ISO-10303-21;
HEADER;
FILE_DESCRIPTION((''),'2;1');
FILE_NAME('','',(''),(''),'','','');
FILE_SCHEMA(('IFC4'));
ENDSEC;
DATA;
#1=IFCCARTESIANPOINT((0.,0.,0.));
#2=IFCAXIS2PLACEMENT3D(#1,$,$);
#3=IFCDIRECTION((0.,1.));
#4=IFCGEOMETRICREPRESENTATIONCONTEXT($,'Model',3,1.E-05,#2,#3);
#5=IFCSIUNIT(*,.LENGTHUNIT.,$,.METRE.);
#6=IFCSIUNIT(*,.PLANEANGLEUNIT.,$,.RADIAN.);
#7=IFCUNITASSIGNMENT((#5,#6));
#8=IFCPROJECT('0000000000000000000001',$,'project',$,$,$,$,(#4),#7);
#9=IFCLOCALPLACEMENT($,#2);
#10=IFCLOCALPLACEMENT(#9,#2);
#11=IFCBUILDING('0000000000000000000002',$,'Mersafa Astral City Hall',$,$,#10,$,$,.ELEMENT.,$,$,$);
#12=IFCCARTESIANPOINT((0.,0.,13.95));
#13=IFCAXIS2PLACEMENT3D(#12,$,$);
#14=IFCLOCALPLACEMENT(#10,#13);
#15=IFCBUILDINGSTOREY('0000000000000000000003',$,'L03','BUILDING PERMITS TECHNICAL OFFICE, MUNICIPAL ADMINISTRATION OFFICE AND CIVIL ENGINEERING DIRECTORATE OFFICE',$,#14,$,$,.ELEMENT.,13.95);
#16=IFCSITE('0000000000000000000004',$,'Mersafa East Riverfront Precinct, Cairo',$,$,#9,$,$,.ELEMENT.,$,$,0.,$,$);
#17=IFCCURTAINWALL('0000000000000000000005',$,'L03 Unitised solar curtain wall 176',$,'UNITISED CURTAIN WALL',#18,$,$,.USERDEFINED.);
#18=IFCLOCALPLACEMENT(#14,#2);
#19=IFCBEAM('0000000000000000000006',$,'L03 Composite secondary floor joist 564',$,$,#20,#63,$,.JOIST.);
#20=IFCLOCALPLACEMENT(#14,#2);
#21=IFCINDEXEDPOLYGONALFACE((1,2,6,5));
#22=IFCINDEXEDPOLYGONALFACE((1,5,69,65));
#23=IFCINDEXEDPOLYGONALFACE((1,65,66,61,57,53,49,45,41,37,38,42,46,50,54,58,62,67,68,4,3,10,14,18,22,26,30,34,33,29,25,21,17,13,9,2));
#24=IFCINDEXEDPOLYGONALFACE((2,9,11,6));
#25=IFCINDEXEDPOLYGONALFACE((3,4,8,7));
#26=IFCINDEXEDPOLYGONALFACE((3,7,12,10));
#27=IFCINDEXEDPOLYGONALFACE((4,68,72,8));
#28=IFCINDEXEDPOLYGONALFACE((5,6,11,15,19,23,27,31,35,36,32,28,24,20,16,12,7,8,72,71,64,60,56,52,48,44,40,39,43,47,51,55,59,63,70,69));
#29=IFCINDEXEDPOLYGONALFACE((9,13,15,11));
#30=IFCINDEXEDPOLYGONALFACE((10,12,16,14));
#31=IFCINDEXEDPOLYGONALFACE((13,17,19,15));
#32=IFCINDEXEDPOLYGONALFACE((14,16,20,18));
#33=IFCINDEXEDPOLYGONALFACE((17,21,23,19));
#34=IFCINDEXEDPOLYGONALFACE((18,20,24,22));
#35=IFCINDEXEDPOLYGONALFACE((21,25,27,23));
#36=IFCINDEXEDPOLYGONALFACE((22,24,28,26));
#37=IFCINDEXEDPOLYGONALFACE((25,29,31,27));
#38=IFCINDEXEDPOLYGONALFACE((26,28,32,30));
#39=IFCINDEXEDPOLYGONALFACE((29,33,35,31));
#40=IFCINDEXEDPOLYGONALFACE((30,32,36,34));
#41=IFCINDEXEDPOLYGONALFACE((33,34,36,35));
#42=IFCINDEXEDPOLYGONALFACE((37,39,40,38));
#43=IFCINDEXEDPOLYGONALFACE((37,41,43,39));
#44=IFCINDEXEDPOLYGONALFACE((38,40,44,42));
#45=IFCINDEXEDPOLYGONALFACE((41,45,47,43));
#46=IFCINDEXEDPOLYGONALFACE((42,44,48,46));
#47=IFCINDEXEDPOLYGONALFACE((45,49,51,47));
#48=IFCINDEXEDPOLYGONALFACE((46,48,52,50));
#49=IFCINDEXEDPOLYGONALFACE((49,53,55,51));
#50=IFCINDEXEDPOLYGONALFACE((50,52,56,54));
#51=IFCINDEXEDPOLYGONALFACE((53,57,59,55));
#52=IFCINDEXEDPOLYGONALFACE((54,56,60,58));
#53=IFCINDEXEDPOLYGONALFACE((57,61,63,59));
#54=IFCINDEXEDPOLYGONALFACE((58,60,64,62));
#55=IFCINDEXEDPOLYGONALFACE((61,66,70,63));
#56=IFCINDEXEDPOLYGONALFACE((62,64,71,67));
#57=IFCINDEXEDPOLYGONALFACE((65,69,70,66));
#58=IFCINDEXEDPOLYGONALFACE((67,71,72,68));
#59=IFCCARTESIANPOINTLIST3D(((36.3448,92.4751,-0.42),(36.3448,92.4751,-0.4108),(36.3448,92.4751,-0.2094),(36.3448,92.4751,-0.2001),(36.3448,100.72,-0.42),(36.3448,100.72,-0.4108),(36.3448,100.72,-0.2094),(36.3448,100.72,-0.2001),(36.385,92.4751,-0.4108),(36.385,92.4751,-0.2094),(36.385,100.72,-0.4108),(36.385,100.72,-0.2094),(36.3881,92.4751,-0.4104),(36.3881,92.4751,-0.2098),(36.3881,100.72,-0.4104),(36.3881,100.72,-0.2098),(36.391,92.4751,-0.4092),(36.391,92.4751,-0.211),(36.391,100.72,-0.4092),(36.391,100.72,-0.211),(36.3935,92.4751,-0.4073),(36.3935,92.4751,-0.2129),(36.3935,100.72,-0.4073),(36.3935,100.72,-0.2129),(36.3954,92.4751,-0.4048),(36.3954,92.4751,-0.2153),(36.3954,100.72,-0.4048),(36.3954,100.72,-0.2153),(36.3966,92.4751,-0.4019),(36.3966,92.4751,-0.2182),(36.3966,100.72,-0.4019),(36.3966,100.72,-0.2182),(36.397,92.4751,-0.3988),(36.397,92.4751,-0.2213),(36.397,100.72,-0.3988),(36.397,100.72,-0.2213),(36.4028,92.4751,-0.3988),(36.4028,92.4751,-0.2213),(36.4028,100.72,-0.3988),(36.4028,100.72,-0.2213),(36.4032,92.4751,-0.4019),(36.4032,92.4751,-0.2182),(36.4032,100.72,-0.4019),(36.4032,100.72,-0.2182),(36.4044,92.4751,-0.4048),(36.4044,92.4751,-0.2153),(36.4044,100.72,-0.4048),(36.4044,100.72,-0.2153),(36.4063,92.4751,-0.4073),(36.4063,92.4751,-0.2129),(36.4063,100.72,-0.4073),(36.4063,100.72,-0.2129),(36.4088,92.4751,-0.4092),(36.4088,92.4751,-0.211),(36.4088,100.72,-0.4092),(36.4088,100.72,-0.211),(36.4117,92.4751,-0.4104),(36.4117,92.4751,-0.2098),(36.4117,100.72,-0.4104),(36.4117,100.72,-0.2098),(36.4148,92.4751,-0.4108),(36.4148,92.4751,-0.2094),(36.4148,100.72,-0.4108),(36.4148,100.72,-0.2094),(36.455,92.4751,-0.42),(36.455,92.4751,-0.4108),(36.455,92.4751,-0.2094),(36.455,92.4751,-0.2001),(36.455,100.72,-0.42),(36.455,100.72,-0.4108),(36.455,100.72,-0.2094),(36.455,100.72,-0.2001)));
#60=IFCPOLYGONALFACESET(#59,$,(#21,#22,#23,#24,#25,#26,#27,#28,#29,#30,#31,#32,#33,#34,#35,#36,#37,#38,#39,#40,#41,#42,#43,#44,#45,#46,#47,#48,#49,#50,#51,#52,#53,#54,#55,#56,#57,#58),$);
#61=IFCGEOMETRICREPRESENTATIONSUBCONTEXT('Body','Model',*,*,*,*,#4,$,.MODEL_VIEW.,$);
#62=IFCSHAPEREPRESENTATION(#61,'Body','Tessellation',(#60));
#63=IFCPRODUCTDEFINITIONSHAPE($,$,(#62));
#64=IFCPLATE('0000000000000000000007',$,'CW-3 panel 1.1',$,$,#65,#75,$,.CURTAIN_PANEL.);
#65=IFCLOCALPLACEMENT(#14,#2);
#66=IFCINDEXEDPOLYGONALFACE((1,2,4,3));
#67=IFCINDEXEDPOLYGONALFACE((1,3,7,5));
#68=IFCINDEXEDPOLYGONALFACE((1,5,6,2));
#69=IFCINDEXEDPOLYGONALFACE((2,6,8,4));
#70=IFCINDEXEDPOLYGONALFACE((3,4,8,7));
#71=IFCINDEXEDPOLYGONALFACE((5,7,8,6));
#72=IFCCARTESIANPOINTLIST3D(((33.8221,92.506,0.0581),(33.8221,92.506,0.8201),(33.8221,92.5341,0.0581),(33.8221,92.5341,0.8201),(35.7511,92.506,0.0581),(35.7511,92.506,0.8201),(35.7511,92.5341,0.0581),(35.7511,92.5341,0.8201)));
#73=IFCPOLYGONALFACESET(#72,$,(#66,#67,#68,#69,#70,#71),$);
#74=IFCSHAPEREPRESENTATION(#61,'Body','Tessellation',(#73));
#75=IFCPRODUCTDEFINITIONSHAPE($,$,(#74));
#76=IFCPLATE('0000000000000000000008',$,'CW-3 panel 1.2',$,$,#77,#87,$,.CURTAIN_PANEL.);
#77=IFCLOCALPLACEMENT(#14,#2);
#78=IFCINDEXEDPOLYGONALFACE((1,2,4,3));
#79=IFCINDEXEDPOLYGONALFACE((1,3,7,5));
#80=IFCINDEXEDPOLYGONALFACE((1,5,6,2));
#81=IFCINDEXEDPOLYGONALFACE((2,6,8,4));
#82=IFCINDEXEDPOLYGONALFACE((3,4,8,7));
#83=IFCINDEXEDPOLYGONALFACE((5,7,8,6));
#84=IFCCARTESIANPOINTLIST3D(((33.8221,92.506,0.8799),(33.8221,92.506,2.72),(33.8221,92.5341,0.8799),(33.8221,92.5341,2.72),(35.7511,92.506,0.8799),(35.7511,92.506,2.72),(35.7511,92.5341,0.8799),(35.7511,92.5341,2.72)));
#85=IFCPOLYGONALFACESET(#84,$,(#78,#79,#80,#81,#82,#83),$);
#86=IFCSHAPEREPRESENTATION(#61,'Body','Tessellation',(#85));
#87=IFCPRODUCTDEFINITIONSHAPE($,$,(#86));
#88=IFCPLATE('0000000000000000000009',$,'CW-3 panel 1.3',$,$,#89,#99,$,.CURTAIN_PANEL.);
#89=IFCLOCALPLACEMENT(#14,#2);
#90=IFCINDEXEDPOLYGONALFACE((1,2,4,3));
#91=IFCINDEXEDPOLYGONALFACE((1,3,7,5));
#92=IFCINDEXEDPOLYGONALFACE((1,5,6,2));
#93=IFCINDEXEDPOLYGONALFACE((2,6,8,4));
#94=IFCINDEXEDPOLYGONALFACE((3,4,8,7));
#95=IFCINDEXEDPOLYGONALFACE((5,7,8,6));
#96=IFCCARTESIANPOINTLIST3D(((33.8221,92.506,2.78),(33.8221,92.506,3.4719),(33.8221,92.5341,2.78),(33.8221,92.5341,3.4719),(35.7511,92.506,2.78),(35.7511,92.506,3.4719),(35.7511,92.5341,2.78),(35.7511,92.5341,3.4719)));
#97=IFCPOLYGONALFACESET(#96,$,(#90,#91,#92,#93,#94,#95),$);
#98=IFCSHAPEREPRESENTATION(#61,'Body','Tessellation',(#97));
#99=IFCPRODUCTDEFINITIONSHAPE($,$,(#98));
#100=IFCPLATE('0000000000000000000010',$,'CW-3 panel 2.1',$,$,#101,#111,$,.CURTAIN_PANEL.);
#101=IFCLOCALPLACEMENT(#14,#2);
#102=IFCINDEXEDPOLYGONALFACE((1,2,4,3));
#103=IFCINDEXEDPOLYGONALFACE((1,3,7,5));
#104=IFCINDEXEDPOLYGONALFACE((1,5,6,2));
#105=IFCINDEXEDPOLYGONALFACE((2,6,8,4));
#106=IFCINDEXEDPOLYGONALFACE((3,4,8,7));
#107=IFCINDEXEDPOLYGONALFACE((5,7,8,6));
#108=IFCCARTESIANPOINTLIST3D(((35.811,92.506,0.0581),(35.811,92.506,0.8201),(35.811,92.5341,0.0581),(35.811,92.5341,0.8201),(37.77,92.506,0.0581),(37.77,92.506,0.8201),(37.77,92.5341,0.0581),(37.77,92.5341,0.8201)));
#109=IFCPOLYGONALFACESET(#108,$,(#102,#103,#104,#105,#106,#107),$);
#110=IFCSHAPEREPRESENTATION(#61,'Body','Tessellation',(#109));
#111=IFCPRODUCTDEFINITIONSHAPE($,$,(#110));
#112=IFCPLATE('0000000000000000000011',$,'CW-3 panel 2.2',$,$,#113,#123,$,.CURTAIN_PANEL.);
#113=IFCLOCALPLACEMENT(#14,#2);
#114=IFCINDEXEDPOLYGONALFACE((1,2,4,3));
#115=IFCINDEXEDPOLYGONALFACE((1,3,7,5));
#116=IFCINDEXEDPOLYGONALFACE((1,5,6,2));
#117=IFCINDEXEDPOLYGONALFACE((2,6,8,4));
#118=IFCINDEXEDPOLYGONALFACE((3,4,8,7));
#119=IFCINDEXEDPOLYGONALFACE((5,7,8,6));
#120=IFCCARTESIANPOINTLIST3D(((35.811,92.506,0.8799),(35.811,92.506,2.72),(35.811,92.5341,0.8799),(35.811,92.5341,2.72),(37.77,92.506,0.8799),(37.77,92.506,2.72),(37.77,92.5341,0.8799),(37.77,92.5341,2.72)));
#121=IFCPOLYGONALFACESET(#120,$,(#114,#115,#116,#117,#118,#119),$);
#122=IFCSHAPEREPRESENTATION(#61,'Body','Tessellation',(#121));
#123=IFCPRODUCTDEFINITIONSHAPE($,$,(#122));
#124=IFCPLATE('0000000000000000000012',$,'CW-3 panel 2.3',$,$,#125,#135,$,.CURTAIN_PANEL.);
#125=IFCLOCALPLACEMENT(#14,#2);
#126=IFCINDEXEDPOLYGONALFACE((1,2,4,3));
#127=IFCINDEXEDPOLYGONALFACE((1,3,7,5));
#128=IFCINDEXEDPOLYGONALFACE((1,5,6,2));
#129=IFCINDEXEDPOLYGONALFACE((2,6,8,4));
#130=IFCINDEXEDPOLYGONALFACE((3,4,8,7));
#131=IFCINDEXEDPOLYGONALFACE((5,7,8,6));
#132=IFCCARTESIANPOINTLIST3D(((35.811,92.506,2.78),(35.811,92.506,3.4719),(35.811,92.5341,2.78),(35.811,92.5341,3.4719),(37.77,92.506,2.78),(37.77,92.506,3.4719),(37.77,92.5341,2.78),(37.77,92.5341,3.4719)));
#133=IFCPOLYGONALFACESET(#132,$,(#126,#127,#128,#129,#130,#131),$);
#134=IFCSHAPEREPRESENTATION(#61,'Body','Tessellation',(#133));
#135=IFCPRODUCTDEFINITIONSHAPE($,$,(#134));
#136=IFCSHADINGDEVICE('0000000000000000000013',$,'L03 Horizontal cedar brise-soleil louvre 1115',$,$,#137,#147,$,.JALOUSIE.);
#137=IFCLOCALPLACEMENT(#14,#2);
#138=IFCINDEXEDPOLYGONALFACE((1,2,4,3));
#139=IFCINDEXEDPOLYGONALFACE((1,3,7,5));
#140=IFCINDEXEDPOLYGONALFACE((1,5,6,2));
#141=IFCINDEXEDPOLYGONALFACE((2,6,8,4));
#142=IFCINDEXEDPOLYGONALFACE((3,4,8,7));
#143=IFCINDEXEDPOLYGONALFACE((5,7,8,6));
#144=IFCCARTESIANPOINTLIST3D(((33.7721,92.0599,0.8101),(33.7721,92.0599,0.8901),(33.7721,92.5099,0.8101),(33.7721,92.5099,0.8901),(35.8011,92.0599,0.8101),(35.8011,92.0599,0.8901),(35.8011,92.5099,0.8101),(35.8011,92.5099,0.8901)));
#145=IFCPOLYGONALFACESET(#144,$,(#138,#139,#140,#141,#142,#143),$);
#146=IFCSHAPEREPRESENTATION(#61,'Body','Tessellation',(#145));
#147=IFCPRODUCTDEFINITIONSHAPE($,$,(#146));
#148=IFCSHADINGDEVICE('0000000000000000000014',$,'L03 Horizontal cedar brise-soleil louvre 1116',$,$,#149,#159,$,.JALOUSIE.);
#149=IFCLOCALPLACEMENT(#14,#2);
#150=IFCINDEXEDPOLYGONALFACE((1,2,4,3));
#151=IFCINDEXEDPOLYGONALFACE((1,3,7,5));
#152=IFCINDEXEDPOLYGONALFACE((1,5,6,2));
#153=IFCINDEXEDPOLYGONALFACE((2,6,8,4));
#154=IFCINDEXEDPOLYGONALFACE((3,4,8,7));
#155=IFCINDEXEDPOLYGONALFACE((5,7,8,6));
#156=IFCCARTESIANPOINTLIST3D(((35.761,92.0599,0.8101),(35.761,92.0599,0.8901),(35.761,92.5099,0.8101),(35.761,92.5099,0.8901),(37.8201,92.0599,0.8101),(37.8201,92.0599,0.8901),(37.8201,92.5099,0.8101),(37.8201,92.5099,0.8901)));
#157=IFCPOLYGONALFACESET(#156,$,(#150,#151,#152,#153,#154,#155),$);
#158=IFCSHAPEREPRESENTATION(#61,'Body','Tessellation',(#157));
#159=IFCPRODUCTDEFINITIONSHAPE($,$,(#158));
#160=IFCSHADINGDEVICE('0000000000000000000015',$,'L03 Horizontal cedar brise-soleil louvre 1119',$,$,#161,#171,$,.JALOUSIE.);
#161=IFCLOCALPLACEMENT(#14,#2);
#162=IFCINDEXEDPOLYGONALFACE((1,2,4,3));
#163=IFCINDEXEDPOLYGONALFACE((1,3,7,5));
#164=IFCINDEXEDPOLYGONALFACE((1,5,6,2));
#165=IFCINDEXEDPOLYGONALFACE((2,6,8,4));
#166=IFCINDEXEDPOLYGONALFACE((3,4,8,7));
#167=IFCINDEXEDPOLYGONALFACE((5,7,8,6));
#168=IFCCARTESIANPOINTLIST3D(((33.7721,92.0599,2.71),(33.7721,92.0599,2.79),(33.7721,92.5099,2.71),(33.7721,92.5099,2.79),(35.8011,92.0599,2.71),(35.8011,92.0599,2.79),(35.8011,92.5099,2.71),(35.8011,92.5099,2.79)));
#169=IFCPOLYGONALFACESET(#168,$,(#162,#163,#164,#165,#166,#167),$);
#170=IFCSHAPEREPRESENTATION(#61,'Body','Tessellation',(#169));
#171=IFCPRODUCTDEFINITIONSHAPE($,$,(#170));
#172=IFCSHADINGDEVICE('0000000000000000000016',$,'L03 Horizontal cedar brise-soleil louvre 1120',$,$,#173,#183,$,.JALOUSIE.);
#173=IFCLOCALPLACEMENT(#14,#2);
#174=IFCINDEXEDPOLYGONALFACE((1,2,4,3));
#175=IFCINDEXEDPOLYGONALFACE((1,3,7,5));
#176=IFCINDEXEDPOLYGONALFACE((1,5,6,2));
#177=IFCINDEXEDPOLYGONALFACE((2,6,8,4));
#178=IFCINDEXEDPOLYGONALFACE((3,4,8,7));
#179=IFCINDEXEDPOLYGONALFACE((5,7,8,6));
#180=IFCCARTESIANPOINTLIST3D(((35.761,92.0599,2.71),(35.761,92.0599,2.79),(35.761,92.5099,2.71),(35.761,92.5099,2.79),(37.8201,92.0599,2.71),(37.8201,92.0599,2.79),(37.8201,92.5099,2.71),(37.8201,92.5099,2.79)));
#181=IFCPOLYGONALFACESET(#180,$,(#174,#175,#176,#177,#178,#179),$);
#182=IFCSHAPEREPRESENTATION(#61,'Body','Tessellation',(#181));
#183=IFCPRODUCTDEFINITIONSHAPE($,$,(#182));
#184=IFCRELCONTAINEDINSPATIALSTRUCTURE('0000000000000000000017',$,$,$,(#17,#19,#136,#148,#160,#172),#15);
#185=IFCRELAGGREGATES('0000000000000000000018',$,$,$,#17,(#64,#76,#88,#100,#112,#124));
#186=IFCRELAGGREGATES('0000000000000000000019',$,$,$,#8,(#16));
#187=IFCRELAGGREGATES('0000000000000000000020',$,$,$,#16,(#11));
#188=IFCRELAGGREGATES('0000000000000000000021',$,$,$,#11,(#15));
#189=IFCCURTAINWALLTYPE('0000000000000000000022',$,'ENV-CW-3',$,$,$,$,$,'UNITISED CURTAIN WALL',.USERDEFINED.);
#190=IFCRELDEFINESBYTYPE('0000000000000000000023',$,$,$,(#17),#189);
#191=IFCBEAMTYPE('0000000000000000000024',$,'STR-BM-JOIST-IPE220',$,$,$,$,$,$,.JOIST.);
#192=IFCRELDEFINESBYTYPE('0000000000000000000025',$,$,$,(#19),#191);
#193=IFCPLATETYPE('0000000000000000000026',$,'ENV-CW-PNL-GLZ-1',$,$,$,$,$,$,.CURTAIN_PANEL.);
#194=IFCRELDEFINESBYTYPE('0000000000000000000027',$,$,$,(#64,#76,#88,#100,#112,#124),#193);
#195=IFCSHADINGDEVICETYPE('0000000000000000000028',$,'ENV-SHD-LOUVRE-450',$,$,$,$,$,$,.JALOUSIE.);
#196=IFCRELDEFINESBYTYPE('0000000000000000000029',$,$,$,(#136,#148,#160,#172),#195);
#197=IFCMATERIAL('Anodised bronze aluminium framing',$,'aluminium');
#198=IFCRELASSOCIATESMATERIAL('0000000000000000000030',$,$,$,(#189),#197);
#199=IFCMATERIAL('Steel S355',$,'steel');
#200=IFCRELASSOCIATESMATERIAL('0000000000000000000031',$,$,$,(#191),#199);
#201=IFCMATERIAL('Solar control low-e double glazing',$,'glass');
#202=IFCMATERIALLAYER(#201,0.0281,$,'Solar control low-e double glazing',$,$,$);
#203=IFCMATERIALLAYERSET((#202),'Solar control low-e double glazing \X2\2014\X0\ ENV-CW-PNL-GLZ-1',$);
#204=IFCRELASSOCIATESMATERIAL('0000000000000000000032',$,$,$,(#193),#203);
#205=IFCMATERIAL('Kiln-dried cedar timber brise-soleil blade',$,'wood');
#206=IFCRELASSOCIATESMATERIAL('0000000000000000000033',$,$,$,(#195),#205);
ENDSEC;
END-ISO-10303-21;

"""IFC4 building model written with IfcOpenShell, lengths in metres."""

from ifc_helpers import new_model, si_unit, direction, frame, origin, origin_2d, place, context, subcontext, project, spatial, rectangle, i_section, extrude, material, layer, layer_set, material_profile, profile_set, type_object, element, aggregate, save


model = new_model("IFC4")

# Units and contexts
model_context = context("Model", 3, precision=1e-05, world=origin(), true_north=direction((0.0, 1.0)))
body_context = subcontext(model_context, "Body", "Model", "MODEL_VIEW")
ifc_project = project(units=[si_unit("LENGTHUNIT", "METRE"), si_unit("PLANEANGLEUNIT", "RADIAN")], contexts=[model_context])

# Site, building, storey
site_placement = place(None, origin())
site = spatial("IfcSite", under=ifc_project, at=site_placement, Name="Mersafa East Riverfront Precinct, Cairo", CompositionType="ELEMENT", RefElevation=0.0)
building_placement = place(site_placement, origin())
building = spatial("IfcBuilding", under=site, at=building_placement, Name="Mersafa Astral City Hall", CompositionType="ELEMENT")
storey_placement = place(building_placement, frame((0.0, 0.0, 13.95)))
storey = spatial("IfcBuildingStorey", under=building, at=storey_placement, Name="L03", Description="BUILDING PERMITS TECHNICAL OFFICE, MUNICIPAL ADMINISTRATION OFFICE AND CIVIL ENGINEERING DIRECTORATE OFFICE", CompositionType="ELEMENT", Elevation=13.95)

# Curtain wall
ifc_material_1 = material(Name="Anodised bronze aluminium framing", Category="aluminium")
curtain_wall_type = type_object("IfcCurtainWallType", Name="ENV-CW-3", ElementType="UNITISED CURTAIN WALL", PredefinedType="USERDEFINED", material=ifc_material_1)
curtain_wall_placement = place(storey_placement, origin())
curtain_wall = element("IfcCurtainWall", 1, at=curtain_wall_placement, inside=storey, type_object=curtain_wall_type, Name="L03 Unitised solar curtain wall 176", ObjectType="UNITISED CURTAIN WALL", PredefinedType="USERDEFINED")

# Beam
ifc_material_2 = material(Name="Steel S355", Category="steel")
ifc_material_profile_1 = material_profile(ifc_material_2, i_section(OverallWidth=0.1101, OverallDepth=0.22, WebThickness=0.0059, FlangeThickness=0.0093, FilletRadius=0.012, at=origin_2d()), Name="IPE 220")
ifc_profile_set_1 = profile_set([ifc_material_profile_1], Name="Steel S355")
beam_type = type_object("IfcBeamType", Name="STR-BM-JOIST-IPE220", PredefinedType="JOIST", material=ifc_profile_set_1)
beam_placement = place(storey_placement, frame((36.3999, 92.4751, -0.3101), z_axis=(0.0, 1.0, 0.0), x_axis=(-1.0, 0.0, 0.0)))
element("IfcBeam", 2, at=beam_placement, inside=storey, type_object=beam_type, Name="L03 Composite secondary floor joist 564", PredefinedType="JOIST", context=body_context, shape_type="SweptSolid", body=[
    extrude(i_section(OverallWidth=0.1101, OverallDepth=0.22, WebThickness=0.0059, FlangeThickness=0.0093, FilletRadius=0.012, at=origin_2d()), origin(), (0.0, 0.0, 1.0), 8.2449),
])

# Plates
ifc_material_3 = material(Name="Solar control low-e double glazing", Category="glass")
ifc_layer = layer(ifc_material_3, 0.0281, Name="Solar control low-e double glazing")
ifc_layer_set = layer_set([ifc_layer], Name="Solar control low-e double glazing — ENV-CW-PNL-GLZ-1")
plate_type = type_object("IfcPlateType", Name="ENV-CW-PNL-GLZ-1", PredefinedType="CURTAIN_PANEL", material=ifc_layer_set)
plate_1_placement = place(storey_placement, frame((34.7866, 92.52, 0.0581), z_axis=(0.0, 0.0, 1.0), x_axis=(1.0, 0.0, 0.0)))
plate_1 = element("IfcPlate", 3, at=plate_1_placement, type_object=plate_type, Name="CW-3 panel 1.1", PredefinedType="CURTAIN_PANEL", context=body_context, shape_type="SweptSolid", body=[
    extrude(rectangle(XDim=1.929, YDim=0.0281, at=origin_2d()), origin(), (0.0, 0.0, 1.0), 0.762),
])
plate_2_placement = place(storey_placement, frame((34.7866, 92.52, 0.8799), z_axis=(0.0, 0.0, 1.0), x_axis=(1.0, 0.0, 0.0)))
plate_2 = element("IfcPlate", 4, at=plate_2_placement, type_object=plate_type, Name="CW-3 panel 1.2", PredefinedType="CURTAIN_PANEL", context=body_context, shape_type="SweptSolid", body=[
    extrude(rectangle(XDim=1.929, YDim=0.0281, at=origin_2d()), origin(), (0.0, 0.0, 1.0), 1.8401),
])
plate_3_placement = place(storey_placement, frame((34.7866, 92.52, 2.78), z_axis=(0.0, 0.0, 1.0), x_axis=(1.0, 0.0, 0.0)))
plate_3 = element("IfcPlate", 5, at=plate_3_placement, type_object=plate_type, Name="CW-3 panel 1.3", PredefinedType="CURTAIN_PANEL", context=body_context, shape_type="SweptSolid", body=[
    extrude(rectangle(XDim=1.929, YDim=0.0281, at=origin_2d()), origin(), (0.0, 0.0, 1.0), 0.6919),
])
plate_4_placement = place(storey_placement, frame((36.7905, 92.52, 0.0581), z_axis=(0.0, 0.0, 1.0), x_axis=(1.0, 0.0, 0.0)))
plate_4 = element("IfcPlate", 6, at=plate_4_placement, type_object=plate_type, Name="CW-3 panel 2.1", PredefinedType="CURTAIN_PANEL", context=body_context, shape_type="SweptSolid", body=[
    extrude(rectangle(XDim=1.959, YDim=0.0281, at=origin_2d()), origin(), (0.0, 0.0, 1.0), 0.762),
])
plate_5_placement = place(storey_placement, frame((36.7905, 92.52, 0.8799), z_axis=(0.0, 0.0, 1.0), x_axis=(1.0, 0.0, 0.0)))
plate_5 = element("IfcPlate", 7, at=plate_5_placement, type_object=plate_type, Name="CW-3 panel 2.2", PredefinedType="CURTAIN_PANEL", context=body_context, shape_type="SweptSolid", body=[
    extrude(rectangle(XDim=1.959, YDim=0.0281, at=origin_2d()), origin(), (0.0, 0.0, 1.0), 1.8401),
])
plate_6_placement = place(storey_placement, frame((36.7905, 92.52, 2.78), z_axis=(0.0, 0.0, 1.0), x_axis=(1.0, 0.0, 0.0)))
plate_6 = element("IfcPlate", 8, at=plate_6_placement, type_object=plate_type, Name="CW-3 panel 2.3", PredefinedType="CURTAIN_PANEL", context=body_context, shape_type="SweptSolid", body=[
    extrude(rectangle(XDim=1.959, YDim=0.0281, at=origin_2d()), origin(), (0.0, 0.0, 1.0), 0.6919),
])
aggregate(curtain_wall, [plate_1, plate_2, plate_3, plate_4, plate_5, plate_6])

# Shading devices
ifc_material_4 = material(Name="Kiln-dried cedar timber brise-soleil blade", Category="wood")
shading_device_type = type_object("IfcShadingDeviceType", Name="ENV-SHD-LOUVRE-450", PredefinedType="JALOUSIE", material=ifc_material_4)
shading_device_1_placement = place(storey_placement, frame((34.7866, 92.2849, 0.8101), z_axis=(0.0, 0.0, 1.0), x_axis=(1.0, 0.0, 0.0)))
element("IfcShadingDevice", 9, at=shading_device_1_placement, inside=storey, type_object=shading_device_type, Name="L03 Horizontal cedar brise-soleil louvre 1115", PredefinedType="JALOUSIE", context=body_context, shape_type="SweptSolid", body=[
    extrude(rectangle(XDim=2.0291, YDim=0.45, at=origin_2d()), origin(), (0.0, 0.0, 1.0), 0.0801),
])
shading_device_2_placement = place(storey_placement, frame((36.7905, 92.2849, 0.8101), z_axis=(0.0, 0.0, 1.0), x_axis=(1.0, 0.0, 0.0)))
element("IfcShadingDevice", 10, at=shading_device_2_placement, inside=storey, type_object=shading_device_type, Name="L03 Horizontal cedar brise-soleil louvre 1116", PredefinedType="JALOUSIE", context=body_context, shape_type="SweptSolid", body=[
    extrude(rectangle(XDim=2.0591, YDim=0.45, at=origin_2d()), origin(), (0.0, 0.0, 1.0), 0.0801),
])
shading_device_3_placement = place(storey_placement, frame((34.7866, 92.2849, 2.71), z_axis=(0.0, 0.0, 1.0), x_axis=(1.0, 0.0, 0.0)))
element("IfcShadingDevice", 11, at=shading_device_3_placement, inside=storey, type_object=shading_device_type, Name="L03 Horizontal cedar brise-soleil louvre 1119", PredefinedType="JALOUSIE", context=body_context, shape_type="SweptSolid", body=[
    extrude(rectangle(XDim=2.0291, YDim=0.45, at=origin_2d()), origin(), (0.0, 0.0, 1.0), 0.0801),
])
shading_device_4_placement = place(storey_placement, frame((36.7905, 92.2849, 2.71), z_axis=(0.0, 0.0, 1.0), x_axis=(1.0, 0.0, 0.0)))
element("IfcShadingDevice", 12, at=shading_device_4_placement, inside=storey, type_object=shading_device_type, Name="L03 Horizontal cedar brise-soleil louvre 1120", PredefinedType="JALOUSIE", context=body_context, shape_type="SweptSolid", body=[
    extrude(rectangle(XDim=2.0591, YDim=0.45, at=origin_2d()), origin(), (0.0, 0.0, 1.0), 0.0801),
])

save(model, "model.ifc")
